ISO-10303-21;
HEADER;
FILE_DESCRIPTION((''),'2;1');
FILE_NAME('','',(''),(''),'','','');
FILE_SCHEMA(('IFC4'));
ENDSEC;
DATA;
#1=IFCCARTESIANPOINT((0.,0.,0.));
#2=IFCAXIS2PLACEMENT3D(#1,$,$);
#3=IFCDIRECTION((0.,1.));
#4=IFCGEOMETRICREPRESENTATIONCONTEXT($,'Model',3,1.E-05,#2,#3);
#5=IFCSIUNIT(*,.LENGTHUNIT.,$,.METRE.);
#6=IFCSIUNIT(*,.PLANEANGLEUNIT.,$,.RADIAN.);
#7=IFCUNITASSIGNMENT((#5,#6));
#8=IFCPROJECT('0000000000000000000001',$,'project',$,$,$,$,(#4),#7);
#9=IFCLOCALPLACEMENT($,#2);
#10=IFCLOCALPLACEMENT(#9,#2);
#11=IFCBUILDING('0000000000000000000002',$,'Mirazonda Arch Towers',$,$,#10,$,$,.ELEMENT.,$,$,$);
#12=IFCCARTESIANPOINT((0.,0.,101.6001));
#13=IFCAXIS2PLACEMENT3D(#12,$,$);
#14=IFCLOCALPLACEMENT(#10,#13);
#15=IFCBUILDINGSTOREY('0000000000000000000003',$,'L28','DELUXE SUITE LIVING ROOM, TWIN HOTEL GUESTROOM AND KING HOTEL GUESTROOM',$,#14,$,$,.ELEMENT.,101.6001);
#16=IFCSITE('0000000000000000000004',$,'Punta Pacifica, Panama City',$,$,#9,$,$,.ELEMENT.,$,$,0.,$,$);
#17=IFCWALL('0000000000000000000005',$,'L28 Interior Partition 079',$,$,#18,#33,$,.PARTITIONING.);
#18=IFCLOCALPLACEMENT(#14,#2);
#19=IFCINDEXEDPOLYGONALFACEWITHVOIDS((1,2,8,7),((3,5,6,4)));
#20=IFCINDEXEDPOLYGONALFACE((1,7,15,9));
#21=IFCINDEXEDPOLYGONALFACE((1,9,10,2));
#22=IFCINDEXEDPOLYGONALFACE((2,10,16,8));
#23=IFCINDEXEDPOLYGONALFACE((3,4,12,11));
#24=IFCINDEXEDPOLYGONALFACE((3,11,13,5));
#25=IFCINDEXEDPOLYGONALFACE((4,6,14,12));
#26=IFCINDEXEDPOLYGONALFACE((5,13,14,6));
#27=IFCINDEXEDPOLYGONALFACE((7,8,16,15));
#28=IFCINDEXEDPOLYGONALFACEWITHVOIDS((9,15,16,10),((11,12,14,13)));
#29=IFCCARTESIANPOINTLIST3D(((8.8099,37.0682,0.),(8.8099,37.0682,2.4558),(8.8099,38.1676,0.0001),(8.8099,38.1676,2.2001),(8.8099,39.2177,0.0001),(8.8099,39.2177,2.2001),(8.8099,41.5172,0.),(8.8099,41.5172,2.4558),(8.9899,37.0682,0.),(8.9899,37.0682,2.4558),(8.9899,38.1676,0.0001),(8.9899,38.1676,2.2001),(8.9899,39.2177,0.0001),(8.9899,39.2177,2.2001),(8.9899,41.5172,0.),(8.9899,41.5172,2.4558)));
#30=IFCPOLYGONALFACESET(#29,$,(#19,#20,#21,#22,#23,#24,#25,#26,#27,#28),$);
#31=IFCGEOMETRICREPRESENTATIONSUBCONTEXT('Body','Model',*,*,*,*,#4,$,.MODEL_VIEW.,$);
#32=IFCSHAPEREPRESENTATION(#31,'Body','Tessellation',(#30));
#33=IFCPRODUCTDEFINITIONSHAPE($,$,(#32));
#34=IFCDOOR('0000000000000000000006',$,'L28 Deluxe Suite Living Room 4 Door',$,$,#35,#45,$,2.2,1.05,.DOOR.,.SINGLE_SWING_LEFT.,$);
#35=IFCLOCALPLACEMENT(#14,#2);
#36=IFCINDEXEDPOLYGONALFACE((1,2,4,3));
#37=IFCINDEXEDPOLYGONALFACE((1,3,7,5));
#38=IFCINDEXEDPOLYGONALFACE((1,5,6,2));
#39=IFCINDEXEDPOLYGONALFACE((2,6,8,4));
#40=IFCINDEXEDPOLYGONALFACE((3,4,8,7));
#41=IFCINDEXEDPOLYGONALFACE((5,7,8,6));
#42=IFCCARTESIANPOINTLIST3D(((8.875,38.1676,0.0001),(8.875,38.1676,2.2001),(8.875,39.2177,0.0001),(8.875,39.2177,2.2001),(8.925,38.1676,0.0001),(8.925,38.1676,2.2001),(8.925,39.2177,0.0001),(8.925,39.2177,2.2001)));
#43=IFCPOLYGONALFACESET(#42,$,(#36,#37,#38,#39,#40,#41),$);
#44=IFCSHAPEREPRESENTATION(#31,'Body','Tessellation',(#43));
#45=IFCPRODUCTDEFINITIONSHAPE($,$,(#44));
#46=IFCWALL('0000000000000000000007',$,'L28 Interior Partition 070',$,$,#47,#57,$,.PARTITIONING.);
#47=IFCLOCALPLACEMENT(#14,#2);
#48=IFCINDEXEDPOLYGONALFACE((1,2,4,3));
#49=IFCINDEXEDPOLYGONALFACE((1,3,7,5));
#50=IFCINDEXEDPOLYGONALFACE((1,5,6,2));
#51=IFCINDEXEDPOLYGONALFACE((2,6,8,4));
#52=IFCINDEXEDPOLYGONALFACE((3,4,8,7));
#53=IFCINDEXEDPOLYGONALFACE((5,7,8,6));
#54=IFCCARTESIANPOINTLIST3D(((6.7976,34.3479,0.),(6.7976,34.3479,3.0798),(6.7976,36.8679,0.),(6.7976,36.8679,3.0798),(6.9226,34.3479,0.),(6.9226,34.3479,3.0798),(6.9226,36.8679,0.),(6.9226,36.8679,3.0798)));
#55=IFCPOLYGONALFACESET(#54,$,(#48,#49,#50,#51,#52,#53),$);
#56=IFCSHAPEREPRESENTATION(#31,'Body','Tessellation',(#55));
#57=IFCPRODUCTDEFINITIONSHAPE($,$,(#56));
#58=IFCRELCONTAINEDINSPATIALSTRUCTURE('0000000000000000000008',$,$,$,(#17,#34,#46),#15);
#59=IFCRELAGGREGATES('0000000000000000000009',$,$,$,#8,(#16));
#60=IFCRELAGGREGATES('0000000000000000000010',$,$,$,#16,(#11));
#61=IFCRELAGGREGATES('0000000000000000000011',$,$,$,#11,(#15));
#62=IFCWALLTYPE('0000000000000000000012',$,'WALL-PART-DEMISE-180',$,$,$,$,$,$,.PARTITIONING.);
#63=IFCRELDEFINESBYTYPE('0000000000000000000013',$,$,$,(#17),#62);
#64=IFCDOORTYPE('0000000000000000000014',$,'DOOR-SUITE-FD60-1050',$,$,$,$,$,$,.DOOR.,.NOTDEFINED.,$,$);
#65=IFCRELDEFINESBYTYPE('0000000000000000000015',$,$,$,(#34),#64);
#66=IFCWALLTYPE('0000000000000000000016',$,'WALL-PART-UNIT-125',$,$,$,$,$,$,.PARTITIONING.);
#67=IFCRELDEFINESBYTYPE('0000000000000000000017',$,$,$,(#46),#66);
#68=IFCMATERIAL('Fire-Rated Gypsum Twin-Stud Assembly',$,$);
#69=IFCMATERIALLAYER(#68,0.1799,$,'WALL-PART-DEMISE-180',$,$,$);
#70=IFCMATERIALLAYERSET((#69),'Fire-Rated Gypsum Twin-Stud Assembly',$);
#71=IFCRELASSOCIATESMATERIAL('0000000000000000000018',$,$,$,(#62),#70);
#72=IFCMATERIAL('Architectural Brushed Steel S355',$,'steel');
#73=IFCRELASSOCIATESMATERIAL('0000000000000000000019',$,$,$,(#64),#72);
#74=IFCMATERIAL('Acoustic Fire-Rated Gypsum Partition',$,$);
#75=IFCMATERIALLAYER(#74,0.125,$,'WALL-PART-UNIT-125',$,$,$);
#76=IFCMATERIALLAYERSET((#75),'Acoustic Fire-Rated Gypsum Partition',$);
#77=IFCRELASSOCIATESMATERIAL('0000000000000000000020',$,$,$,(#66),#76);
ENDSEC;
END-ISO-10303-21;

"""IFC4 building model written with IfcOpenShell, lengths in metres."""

from ifc_helpers import new_model, si_unit, direction, frame, frame_2d, origin, place, context, subcontext, project, spatial, rectangle, extrude, material, layer, layer_set, type_object, element, fill, save


model = new_model("IFC4")

# Units and contexts
model_context = context("Model", 3, precision=1e-05, world=origin(), true_north=direction((0.0, 1.0)))
body_context = subcontext(model_context, "Body", "Model", "MODEL_VIEW")
ifc_project = project(units=[si_unit("LENGTHUNIT", "METRE"), si_unit("PLANEANGLEUNIT", "RADIAN")], contexts=[model_context])

# Site, building, storey
site_placement = place(None, origin())
site = spatial("IfcSite", under=ifc_project, at=site_placement, Name="Punta Pacifica, Panama City", CompositionType="ELEMENT", RefElevation=0.0)
building_placement = place(site_placement, origin())
building = spatial("IfcBuilding", under=site, at=building_placement, Name="Mirazonda Arch Towers", CompositionType="ELEMENT")
storey_placement = place(building_placement, frame((0.0, 0.0, 101.6001)))
storey = spatial("IfcBuildingStorey", under=building, at=storey_placement, Name="L28", Description="DELUXE SUITE LIVING ROOM, TWIN HOTEL GUESTROOM AND KING HOTEL GUESTROOM", CompositionType="ELEMENT", Elevation=101.6001)

# Shared definitions
ifc_material_1 = material(Name="Architectural Brushed Steel S355", Category="steel")

# Shared definitions
ifc_material_2 = material(Name="Fire-Rated Gypsum Twin-Stud Assembly")
ifc_layer_1 = layer(ifc_material_2, 0.1799, Name="WALL-PART-DEMISE-180")
ifc_layer_set_1 = layer_set([ifc_layer_1], Name="Fire-Rated Gypsum Twin-Stud Assembly")
wall_type_1 = type_object("IfcWallType", Name="WALL-PART-DEMISE-180", PredefinedType="PARTITIONING", material=ifc_layer_set_1)

# Shared definitions
door_type_1 = type_object("IfcDoorType", Name="DOOR-SUITE-FD60-1050", OperationType="NOTDEFINED", PredefinedType="DOOR", material=ifc_material_1)

# Wall, opening, door
wall_1_placement = place(storey_placement, frame((8.8999, 37.0681, 0.0), z_axis=(0.0, 0.0, 1.0), x_axis=(0.0, 1.0, 0.0)))
wall_1 = element("IfcWall", 1, at=wall_1_placement, inside=storey, type_object=wall_type_1, Name="L28 Interior Partition 079", PredefinedType="PARTITIONING", context=body_context, shape_type="SweptSolid", body=[
    extrude(rectangle(XDim=4.449, YDim=0.1799, at=frame_2d((2.2246, 0.0))), origin(), (0.0, 0.0, 1.0), 2.4558),
])
opening_1_placement = place(wall_1_placement, frame((1.0996, 0.0, 0.0)))
opening_1 = element("IfcOpeningElement", 2, at=opening_1_placement, cuts=wall_1, PredefinedType="OPENING", context=body_context, shape_type="SweptSolid", body=[
    extrude(rectangle(XDim=1.05, YDim=2.2, at=frame_2d((0.5249, 1.1001))), frame((0.0, 0.0999, 0.0), z_axis=(0.0, -1.0, 0.0), x_axis=(1.0, 0.0, 0.0)), (0.0, 0.0, 1.0), 0.2),
])
door_1_placement = place(opening_1_placement, origin())
door_1 = element("IfcDoor", 3, at=door_1_placement, inside=storey, type_object=door_type_1, Name="L28 Deluxe Suite Living Room 4 Door", OperationType="SINGLE_SWING_LEFT", OverallHeight=2.2, OverallWidth=1.05, PredefinedType="DOOR", context=body_context, shape_type="SweptSolid", body=[
    extrude(rectangle(XDim=1.05, YDim=2.2, at=frame_2d((0.5249, 1.1001))), frame((0.0, 0.0249, 0.0), z_axis=(0.0, -1.0, 0.0), x_axis=(1.0, 0.0, 0.0)), (0.0, 0.0, 1.0), 0.05),
])
fill(opening_1, door_1)

# Wall
ifc_material_3 = material(Name="Acoustic Fire-Rated Gypsum Partition")
ifc_layer_2 = layer(ifc_material_3, 0.125, Name="WALL-PART-UNIT-125")
ifc_layer_set_2 = layer_set([ifc_layer_2], Name="Acoustic Fire-Rated Gypsum Partition")
wall_type_2 = type_object("IfcWallType", Name="WALL-PART-UNIT-125", PredefinedType="PARTITIONING", material=ifc_layer_set_2)
wall_2_placement = place(storey_placement, frame((6.8601, 34.3479, 0.0), z_axis=(0.0, 0.0, 1.0), x_axis=(0.0, 1.0, 0.0)))
element("IfcWall", 4, at=wall_2_placement, inside=storey, type_object=wall_type_2, Name="L28 Interior Partition 070", PredefinedType="PARTITIONING", context=body_context, shape_type="SweptSolid", body=[
    extrude(rectangle(XDim=2.52, YDim=0.125, at=frame_2d((1.26, 0.0))), origin(), (0.0, 0.0, 1.0), 3.0798),
])

save(model, "model.ifc")
